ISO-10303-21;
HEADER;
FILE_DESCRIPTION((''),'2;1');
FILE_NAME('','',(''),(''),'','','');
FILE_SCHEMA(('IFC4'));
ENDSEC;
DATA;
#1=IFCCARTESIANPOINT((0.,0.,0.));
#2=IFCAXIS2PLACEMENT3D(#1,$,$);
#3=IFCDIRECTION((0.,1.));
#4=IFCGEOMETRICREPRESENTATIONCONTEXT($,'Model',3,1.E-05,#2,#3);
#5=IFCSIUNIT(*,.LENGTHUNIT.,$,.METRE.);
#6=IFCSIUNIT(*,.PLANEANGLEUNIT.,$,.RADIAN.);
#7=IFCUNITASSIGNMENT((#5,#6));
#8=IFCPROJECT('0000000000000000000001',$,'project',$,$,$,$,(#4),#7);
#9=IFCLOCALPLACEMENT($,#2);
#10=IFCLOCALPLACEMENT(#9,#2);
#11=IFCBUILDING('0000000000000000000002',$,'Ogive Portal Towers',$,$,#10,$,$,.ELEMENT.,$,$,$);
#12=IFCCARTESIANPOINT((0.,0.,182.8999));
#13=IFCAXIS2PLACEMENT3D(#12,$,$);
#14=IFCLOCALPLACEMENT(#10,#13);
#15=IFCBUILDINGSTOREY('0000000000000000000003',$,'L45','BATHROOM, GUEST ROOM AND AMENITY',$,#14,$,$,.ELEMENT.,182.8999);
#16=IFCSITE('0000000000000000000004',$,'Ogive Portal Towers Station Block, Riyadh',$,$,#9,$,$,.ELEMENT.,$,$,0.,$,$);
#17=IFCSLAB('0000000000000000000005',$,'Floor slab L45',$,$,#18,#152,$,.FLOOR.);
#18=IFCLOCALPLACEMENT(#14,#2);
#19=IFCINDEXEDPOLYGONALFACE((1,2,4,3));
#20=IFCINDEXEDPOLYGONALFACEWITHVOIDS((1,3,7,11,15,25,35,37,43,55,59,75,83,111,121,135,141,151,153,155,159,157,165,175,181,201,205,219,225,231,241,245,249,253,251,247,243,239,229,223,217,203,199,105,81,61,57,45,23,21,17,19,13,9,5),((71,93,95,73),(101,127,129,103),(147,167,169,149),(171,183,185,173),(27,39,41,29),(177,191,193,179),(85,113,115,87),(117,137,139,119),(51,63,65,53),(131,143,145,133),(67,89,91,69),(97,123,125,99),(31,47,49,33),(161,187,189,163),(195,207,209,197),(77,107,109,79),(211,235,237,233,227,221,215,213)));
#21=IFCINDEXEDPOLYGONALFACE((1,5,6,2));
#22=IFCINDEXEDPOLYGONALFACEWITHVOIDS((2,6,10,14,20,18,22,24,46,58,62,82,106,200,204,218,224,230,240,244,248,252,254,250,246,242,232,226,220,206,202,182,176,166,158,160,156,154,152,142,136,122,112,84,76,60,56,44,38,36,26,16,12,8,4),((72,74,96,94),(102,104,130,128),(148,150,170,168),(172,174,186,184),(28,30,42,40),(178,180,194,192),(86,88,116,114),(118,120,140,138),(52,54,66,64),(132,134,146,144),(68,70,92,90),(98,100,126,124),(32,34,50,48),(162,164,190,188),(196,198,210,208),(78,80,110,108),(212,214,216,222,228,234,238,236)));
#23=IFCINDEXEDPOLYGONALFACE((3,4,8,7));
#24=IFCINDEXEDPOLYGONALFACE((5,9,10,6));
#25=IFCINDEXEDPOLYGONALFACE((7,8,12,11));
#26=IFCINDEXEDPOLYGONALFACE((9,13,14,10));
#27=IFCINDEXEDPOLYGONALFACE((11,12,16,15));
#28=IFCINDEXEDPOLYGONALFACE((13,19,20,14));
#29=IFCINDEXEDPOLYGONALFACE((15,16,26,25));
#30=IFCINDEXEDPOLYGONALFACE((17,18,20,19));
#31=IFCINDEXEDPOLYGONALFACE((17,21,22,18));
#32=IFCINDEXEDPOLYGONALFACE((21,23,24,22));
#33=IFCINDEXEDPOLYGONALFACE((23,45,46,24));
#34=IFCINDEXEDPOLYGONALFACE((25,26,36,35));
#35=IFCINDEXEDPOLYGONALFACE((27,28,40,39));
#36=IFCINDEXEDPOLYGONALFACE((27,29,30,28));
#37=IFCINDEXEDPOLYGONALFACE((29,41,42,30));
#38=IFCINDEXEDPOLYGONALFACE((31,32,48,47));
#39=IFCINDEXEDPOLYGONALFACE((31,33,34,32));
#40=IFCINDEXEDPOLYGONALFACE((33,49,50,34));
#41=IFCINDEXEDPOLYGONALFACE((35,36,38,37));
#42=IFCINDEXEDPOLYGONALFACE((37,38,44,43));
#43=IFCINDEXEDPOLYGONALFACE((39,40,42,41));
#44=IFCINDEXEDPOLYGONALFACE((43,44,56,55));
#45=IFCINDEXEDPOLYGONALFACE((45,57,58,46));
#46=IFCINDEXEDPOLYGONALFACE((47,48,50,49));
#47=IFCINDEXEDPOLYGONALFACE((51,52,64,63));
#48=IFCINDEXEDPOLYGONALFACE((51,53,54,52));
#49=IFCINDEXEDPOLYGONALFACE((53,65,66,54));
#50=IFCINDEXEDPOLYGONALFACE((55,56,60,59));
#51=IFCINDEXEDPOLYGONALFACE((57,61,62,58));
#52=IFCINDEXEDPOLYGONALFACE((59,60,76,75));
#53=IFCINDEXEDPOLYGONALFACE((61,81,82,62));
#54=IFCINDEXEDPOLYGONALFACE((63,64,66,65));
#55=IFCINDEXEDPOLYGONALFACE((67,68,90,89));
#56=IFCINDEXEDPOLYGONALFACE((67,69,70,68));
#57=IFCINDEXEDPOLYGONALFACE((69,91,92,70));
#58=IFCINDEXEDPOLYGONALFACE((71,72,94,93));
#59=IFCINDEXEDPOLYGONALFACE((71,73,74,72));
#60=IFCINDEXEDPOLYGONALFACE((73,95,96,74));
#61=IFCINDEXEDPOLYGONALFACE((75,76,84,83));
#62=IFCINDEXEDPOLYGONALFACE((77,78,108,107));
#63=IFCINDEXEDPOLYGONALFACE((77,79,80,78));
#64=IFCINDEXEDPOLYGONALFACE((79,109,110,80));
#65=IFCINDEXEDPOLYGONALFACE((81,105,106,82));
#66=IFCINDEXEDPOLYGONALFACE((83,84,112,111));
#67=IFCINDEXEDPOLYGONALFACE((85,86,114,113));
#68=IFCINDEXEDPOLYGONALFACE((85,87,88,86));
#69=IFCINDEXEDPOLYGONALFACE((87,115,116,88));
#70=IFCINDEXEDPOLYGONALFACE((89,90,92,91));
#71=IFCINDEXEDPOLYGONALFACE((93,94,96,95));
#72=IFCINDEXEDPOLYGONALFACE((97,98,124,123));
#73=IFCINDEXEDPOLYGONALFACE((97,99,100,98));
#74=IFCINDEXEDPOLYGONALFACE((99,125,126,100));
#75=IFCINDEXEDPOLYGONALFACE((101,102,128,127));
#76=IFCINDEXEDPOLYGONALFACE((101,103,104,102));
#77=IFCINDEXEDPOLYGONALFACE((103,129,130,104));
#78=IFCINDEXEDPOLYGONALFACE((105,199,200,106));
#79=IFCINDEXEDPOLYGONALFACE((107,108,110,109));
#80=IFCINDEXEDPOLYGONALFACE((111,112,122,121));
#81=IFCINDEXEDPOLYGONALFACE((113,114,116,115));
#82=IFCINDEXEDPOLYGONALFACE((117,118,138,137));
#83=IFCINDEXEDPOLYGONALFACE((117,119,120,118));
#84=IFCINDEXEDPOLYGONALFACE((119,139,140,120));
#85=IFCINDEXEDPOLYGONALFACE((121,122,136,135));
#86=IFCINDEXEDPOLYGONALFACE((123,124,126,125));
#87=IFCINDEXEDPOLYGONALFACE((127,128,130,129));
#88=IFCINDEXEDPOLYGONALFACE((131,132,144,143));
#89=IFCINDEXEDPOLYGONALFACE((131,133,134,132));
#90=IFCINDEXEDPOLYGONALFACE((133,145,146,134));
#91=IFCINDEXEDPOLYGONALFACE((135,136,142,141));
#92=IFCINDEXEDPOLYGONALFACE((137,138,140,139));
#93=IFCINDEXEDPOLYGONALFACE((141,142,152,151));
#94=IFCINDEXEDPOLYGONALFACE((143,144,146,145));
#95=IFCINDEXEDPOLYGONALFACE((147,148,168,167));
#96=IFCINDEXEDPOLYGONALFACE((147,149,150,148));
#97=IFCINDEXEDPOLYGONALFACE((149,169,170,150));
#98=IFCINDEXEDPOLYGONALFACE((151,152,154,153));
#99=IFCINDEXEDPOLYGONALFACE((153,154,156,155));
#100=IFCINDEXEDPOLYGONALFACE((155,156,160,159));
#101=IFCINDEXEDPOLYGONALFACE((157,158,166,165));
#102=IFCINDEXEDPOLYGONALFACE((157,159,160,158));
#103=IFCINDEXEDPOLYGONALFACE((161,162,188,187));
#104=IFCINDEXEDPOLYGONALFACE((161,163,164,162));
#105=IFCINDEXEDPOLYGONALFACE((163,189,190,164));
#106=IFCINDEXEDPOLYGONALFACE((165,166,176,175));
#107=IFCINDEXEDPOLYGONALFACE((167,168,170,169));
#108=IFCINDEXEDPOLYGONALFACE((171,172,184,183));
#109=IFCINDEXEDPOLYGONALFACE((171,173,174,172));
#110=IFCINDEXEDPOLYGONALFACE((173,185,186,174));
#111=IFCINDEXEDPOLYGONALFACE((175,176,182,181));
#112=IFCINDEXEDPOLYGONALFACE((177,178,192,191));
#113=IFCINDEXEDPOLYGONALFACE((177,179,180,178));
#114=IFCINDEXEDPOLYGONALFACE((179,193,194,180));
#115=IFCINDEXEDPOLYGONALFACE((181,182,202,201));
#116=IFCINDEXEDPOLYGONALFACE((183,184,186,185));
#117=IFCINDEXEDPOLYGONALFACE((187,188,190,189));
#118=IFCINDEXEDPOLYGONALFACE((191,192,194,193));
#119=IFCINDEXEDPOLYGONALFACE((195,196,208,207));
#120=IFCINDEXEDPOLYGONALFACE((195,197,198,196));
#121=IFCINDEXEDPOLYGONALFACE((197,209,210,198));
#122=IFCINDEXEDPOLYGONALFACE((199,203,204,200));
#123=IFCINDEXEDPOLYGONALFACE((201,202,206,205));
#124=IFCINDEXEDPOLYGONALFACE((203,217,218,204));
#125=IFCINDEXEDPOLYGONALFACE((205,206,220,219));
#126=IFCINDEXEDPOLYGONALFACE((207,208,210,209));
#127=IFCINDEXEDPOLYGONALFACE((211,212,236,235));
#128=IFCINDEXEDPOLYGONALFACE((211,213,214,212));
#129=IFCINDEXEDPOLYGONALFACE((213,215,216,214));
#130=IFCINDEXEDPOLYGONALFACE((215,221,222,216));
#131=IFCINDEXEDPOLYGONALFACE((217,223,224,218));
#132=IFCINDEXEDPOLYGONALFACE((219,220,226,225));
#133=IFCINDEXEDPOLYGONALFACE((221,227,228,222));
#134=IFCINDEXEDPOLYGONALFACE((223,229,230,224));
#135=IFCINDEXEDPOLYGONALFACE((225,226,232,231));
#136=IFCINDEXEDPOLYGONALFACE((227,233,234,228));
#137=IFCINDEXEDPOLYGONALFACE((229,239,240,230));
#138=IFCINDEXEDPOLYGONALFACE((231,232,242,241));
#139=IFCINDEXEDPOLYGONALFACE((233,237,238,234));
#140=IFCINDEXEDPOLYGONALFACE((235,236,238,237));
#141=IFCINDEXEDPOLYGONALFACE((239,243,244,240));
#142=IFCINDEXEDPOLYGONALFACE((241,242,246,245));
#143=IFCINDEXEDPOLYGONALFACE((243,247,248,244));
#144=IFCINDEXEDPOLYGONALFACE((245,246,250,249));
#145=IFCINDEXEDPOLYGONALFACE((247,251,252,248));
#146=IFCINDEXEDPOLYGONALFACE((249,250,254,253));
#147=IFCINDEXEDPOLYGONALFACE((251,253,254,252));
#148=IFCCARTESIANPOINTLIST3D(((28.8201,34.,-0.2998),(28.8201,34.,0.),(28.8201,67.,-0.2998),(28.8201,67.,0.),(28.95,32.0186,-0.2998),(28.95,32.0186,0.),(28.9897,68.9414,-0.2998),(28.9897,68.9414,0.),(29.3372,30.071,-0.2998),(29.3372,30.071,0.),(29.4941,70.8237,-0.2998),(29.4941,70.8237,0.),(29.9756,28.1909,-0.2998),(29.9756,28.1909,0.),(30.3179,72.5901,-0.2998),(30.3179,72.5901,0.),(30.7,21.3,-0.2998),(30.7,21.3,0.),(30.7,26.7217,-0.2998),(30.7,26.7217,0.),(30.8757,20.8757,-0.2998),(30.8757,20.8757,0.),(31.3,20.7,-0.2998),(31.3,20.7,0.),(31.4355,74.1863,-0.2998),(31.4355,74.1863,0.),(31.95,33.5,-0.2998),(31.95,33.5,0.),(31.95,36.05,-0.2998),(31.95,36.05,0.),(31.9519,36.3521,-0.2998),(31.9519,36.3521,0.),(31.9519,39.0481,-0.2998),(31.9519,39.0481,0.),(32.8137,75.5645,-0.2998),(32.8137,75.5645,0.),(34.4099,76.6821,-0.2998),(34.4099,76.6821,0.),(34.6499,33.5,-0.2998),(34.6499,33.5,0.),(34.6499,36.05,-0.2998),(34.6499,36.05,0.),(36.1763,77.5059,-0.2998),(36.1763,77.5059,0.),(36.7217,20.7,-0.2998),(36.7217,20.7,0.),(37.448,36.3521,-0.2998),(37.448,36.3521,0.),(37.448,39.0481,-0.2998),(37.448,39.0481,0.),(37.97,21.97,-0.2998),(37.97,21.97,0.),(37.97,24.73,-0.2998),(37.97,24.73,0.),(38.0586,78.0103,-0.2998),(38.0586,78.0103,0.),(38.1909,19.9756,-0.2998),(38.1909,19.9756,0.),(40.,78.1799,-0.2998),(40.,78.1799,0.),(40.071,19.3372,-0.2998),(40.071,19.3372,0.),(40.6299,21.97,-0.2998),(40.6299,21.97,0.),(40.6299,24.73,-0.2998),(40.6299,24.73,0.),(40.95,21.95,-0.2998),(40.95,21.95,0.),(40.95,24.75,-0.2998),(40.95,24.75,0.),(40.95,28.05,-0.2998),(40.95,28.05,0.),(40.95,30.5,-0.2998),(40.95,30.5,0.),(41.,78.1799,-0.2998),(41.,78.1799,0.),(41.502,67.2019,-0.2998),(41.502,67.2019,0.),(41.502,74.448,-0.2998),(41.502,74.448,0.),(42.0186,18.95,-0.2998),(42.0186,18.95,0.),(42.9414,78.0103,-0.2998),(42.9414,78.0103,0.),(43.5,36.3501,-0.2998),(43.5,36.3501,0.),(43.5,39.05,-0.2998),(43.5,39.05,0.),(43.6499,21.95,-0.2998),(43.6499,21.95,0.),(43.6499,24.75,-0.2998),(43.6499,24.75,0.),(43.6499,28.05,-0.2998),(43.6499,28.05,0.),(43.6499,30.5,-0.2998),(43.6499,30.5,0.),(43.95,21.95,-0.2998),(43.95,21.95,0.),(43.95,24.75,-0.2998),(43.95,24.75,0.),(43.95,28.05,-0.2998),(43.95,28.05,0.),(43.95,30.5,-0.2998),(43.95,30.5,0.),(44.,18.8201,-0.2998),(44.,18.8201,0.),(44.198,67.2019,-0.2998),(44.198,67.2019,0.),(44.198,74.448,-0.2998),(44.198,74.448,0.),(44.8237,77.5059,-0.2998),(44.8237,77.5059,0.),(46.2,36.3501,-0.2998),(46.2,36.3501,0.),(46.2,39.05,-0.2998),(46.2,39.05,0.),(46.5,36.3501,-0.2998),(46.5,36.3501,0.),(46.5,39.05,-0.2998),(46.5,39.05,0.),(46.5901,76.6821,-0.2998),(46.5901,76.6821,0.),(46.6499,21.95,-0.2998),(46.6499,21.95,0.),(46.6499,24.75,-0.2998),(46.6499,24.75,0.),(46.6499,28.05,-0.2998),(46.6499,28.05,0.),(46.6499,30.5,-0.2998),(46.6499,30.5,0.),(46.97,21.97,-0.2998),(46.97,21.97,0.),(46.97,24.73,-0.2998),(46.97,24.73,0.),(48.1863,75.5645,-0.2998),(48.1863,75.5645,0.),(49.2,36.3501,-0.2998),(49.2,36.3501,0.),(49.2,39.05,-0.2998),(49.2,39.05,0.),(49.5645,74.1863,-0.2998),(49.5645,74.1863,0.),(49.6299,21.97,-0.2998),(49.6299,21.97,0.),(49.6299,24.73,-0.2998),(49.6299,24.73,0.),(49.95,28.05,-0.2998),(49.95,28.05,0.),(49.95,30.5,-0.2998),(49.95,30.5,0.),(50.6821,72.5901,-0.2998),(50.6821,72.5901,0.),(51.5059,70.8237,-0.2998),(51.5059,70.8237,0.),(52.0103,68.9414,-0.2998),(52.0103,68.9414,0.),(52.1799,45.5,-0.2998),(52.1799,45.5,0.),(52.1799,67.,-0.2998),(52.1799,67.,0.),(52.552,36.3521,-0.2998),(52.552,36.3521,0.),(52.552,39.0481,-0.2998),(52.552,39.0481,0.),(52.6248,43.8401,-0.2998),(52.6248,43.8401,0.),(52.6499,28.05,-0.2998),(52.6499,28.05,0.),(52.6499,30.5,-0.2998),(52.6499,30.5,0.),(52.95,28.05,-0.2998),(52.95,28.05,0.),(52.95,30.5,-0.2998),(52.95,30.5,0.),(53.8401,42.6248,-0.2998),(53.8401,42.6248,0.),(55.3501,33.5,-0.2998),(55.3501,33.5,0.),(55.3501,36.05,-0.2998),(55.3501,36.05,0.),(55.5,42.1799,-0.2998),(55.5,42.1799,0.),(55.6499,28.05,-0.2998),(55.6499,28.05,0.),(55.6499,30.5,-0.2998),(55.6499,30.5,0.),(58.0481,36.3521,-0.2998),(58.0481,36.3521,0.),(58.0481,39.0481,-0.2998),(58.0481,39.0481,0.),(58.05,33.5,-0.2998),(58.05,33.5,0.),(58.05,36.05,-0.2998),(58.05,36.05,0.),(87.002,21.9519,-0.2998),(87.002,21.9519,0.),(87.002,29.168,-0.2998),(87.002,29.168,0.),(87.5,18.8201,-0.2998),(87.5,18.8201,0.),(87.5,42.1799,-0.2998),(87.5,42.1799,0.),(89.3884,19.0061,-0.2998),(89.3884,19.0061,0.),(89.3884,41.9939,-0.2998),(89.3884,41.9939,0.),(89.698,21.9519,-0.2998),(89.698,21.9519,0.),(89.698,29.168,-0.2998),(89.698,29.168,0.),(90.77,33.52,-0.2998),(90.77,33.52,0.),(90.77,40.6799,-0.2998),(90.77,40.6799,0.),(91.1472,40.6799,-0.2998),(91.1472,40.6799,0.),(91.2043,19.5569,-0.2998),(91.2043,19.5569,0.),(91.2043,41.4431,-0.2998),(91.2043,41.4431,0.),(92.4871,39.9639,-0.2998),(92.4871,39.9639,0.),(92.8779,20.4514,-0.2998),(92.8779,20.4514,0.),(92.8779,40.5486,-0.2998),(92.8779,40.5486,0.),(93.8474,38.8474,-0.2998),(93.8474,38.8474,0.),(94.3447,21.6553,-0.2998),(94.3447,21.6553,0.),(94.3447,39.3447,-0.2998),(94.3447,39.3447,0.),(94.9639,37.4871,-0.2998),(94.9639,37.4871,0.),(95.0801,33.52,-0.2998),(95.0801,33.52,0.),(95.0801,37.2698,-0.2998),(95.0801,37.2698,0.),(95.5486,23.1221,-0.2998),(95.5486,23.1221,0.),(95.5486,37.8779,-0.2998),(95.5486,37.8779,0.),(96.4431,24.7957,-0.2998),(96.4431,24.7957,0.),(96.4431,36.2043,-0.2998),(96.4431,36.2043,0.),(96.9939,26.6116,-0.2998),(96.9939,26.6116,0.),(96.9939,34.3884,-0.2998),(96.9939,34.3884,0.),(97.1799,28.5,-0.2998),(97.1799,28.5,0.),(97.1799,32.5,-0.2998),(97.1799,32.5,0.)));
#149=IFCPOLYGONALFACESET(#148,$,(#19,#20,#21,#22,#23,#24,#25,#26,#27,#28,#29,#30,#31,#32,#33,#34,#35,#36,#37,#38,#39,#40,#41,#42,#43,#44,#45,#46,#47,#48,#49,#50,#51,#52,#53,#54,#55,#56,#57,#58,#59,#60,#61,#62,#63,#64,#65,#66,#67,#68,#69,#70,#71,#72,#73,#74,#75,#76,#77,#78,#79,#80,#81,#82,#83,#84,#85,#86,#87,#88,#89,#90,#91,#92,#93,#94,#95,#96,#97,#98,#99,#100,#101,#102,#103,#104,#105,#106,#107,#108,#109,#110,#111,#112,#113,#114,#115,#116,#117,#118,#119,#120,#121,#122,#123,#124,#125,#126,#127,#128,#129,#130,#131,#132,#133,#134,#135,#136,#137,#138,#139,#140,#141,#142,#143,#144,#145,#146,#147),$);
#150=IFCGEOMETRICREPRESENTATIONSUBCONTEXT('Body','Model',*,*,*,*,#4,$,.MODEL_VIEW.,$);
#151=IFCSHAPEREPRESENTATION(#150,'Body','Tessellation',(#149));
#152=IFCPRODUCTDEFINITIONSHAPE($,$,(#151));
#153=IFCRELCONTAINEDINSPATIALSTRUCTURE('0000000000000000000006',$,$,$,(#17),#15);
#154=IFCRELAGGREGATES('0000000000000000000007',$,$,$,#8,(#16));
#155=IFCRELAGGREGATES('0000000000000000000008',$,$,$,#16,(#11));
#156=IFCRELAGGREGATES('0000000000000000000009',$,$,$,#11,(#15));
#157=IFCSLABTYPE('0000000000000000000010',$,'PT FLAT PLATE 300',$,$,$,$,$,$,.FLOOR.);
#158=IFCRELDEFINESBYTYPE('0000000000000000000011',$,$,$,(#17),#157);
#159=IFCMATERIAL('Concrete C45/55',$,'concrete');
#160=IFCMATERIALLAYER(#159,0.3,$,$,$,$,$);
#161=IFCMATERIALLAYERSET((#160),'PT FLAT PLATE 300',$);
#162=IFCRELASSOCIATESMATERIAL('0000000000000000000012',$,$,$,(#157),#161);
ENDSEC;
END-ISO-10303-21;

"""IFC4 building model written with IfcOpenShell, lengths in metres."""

from ifc_helpers import new_model, si_unit, direction, frame, origin, place, context, subcontext, project, spatial, polyline, outline, extrude, material, layer, layer_set, type_object, element, save


model = new_model("IFC4")

# Units and contexts
model_context = context("Model", 3, precision=1e-05, world=origin(), true_north=direction((0.0, 1.0)))
body_context = subcontext(model_context, "Body", "Model", "MODEL_VIEW")
ifc_project = project(units=[si_unit("LENGTHUNIT", "METRE"), si_unit("PLANEANGLEUNIT", "RADIAN")], contexts=[model_context])

# Site, building, storey
site_placement = place(None, origin())
site = spatial("IfcSite", under=ifc_project, at=site_placement, Name="Ogive Portal Towers Station Block, Riyadh", CompositionType="ELEMENT", RefElevation=0.0)
building_placement = place(site_placement, origin())
building = spatial("IfcBuilding", under=site, at=building_placement, Name="Ogive Portal Towers", CompositionType="ELEMENT")
storey_placement = place(building_placement, frame((0.0, 0.0, 182.8999)))
storey = spatial("IfcBuildingStorey", under=building, at=storey_placement, Name="L45", Description="BATHROOM, GUEST ROOM AND AMENITY", CompositionType="ELEMENT", Elevation=182.8999)

# Slab
ifc_material_1 = material(Name="Concrete C45/55", Category="concrete")
ifc_layer_1 = layer(ifc_material_1, 0.3)
ifc_layer_set_1 = layer_set([ifc_layer_1], Name="PT FLAT PLATE 300")
slab_type_1 = type_object("IfcSlabType", Name="PT FLAT PLATE 300", PredefinedType="FLOOR", material=ifc_layer_set_1)
slab_1_placement = place(storey_placement, frame((0.0, 0.0, -0.2998)))
element("IfcSlab", 1, at=slab_1_placement, inside=storey, type_object=slab_type_1, Name="Floor slab L45", PredefinedType="FLOOR", context=body_context, shape_type="SweptSolid", body=[
    extrude(outline(polyline([(29.3372, 30.071), (29.9756, 28.1909), (30.7, 26.7217), (30.7, 21.3), (30.8757, 20.8757), (31.3, 20.7), (36.7217, 20.7), (38.1909, 19.9756), (40.071, 19.3372), (42.0186, 18.95), (44.0, 18.8201), (87.5, 18.8201), (89.3884, 19.0061), (91.2043, 19.5569), (92.8779, 20.4514), (94.3447, 21.6553), (95.5486, 23.1221), (96.4431, 24.7957), (96.9939, 26.6116), (97.1799, 28.5), (97.1799, 32.5), (96.9939, 34.3884), (96.4431, 36.2043), (95.5486, 37.8779), (94.3447, 39.3447), (92.8779, 40.5486), (91.2043, 41.4431), (89.3884, 41.9939), (87.5, 42.1799), (55.5, 42.1799), (53.8401, 42.6248), (52.6248, 43.8401), (52.1799, 45.5), (52.1799, 67.0), (52.0103, 68.9414), (51.5059, 70.8237), (50.6821, 72.5901), (49.5645, 74.1863), (48.1863, 75.5645), (46.5901, 76.6821), (44.8237, 77.5059), (42.9414, 78.0103), (41.0, 78.1799), (40.0, 78.1799), (38.0586, 78.0103), (36.1763, 77.5059), (34.4099, 76.6821), (32.8137, 75.5645), (31.4355, 74.1863), (30.3179, 72.5901), (29.4941, 70.8237), (28.9897, 68.9414), (28.8201, 67.0), (28.8201, 34.0), (28.95, 32.0186), (29.3372, 30.071)]), holes=[polyline([(40.6299, 21.97), (37.97, 21.97), (37.97, 24.73), (40.6299, 24.73), (40.6299, 21.97)]), polyline([(43.6499, 24.75), (43.6499, 21.95), (40.95, 21.95), (40.95, 24.75), (43.6499, 24.75)]), polyline([(46.6499, 24.75), (46.6499, 21.95), (43.95, 21.95), (43.95, 24.75), (46.6499, 24.75)]), polyline([(43.6499, 30.5), (43.6499, 28.05), (40.95, 28.05), (40.95, 30.5), (43.6499, 30.5)]), polyline([(46.6499, 30.5), (46.6499, 28.05), (43.95, 28.05), (43.95, 30.5), (46.6499, 30.5)]), polyline([(34.6499, 36.05), (34.6499, 33.5), (31.95, 33.5), (31.95, 36.05), (34.6499, 36.05)]), polyline([(31.9519, 39.0481), (37.448, 39.0481), (37.448, 36.3521), (31.9519, 36.3521), (31.9519, 39.0481)]), polyline([(46.2, 39.05), (46.2, 36.3501), (43.5, 36.3501), (43.5, 39.05), (46.2, 39.05)]), polyline([(44.198, 74.448), (44.198, 67.2019), (41.502, 67.2019), (41.502, 74.448), (44.198, 74.448)]), polyline([(49.6299, 21.97), (46.97, 21.97), (46.97, 24.73), (49.6299, 24.73), (49.6299, 21.97)]), polyline([(87.002, 21.9519), (87.002, 29.168), (89.698, 29.168), (89.698, 21.9519), (87.002, 21.9519)]), polyline([(52.6499, 30.5), (52.6499, 28.05), (49.95, 28.05), (49.95, 30.5), (52.6499, 30.5)]), polyline([(55.6499, 30.5), (55.6499, 28.05), (52.95, 28.05), (52.95, 30.5), (55.6499, 30.5)]), polyline([(58.05, 36.05), (58.05, 33.5), (55.3501, 33.5), (55.3501, 36.05), (58.05, 36.05)]), polyline([(93.8474, 38.8474), (94.9639, 37.4871), (95.0801, 37.2698), (95.0801, 33.52), (90.77, 33.52), (90.77, 40.6799), (91.1472, 40.6799), (92.4871, 39.9639), (93.8474, 38.8474)]), polyline([(49.2, 36.3501), (46.5, 36.3501), (46.5, 39.05), (49.2, 39.05), (49.2, 36.3501)]), polyline([(52.552, 36.3521), (52.552, 39.0481), (58.0481, 39.0481), (58.0481, 36.3521), (52.552, 36.3521)])]), origin(), (0.0, 0.0, 1.0), 0.2998),
])

save(model, "model.ifc")
